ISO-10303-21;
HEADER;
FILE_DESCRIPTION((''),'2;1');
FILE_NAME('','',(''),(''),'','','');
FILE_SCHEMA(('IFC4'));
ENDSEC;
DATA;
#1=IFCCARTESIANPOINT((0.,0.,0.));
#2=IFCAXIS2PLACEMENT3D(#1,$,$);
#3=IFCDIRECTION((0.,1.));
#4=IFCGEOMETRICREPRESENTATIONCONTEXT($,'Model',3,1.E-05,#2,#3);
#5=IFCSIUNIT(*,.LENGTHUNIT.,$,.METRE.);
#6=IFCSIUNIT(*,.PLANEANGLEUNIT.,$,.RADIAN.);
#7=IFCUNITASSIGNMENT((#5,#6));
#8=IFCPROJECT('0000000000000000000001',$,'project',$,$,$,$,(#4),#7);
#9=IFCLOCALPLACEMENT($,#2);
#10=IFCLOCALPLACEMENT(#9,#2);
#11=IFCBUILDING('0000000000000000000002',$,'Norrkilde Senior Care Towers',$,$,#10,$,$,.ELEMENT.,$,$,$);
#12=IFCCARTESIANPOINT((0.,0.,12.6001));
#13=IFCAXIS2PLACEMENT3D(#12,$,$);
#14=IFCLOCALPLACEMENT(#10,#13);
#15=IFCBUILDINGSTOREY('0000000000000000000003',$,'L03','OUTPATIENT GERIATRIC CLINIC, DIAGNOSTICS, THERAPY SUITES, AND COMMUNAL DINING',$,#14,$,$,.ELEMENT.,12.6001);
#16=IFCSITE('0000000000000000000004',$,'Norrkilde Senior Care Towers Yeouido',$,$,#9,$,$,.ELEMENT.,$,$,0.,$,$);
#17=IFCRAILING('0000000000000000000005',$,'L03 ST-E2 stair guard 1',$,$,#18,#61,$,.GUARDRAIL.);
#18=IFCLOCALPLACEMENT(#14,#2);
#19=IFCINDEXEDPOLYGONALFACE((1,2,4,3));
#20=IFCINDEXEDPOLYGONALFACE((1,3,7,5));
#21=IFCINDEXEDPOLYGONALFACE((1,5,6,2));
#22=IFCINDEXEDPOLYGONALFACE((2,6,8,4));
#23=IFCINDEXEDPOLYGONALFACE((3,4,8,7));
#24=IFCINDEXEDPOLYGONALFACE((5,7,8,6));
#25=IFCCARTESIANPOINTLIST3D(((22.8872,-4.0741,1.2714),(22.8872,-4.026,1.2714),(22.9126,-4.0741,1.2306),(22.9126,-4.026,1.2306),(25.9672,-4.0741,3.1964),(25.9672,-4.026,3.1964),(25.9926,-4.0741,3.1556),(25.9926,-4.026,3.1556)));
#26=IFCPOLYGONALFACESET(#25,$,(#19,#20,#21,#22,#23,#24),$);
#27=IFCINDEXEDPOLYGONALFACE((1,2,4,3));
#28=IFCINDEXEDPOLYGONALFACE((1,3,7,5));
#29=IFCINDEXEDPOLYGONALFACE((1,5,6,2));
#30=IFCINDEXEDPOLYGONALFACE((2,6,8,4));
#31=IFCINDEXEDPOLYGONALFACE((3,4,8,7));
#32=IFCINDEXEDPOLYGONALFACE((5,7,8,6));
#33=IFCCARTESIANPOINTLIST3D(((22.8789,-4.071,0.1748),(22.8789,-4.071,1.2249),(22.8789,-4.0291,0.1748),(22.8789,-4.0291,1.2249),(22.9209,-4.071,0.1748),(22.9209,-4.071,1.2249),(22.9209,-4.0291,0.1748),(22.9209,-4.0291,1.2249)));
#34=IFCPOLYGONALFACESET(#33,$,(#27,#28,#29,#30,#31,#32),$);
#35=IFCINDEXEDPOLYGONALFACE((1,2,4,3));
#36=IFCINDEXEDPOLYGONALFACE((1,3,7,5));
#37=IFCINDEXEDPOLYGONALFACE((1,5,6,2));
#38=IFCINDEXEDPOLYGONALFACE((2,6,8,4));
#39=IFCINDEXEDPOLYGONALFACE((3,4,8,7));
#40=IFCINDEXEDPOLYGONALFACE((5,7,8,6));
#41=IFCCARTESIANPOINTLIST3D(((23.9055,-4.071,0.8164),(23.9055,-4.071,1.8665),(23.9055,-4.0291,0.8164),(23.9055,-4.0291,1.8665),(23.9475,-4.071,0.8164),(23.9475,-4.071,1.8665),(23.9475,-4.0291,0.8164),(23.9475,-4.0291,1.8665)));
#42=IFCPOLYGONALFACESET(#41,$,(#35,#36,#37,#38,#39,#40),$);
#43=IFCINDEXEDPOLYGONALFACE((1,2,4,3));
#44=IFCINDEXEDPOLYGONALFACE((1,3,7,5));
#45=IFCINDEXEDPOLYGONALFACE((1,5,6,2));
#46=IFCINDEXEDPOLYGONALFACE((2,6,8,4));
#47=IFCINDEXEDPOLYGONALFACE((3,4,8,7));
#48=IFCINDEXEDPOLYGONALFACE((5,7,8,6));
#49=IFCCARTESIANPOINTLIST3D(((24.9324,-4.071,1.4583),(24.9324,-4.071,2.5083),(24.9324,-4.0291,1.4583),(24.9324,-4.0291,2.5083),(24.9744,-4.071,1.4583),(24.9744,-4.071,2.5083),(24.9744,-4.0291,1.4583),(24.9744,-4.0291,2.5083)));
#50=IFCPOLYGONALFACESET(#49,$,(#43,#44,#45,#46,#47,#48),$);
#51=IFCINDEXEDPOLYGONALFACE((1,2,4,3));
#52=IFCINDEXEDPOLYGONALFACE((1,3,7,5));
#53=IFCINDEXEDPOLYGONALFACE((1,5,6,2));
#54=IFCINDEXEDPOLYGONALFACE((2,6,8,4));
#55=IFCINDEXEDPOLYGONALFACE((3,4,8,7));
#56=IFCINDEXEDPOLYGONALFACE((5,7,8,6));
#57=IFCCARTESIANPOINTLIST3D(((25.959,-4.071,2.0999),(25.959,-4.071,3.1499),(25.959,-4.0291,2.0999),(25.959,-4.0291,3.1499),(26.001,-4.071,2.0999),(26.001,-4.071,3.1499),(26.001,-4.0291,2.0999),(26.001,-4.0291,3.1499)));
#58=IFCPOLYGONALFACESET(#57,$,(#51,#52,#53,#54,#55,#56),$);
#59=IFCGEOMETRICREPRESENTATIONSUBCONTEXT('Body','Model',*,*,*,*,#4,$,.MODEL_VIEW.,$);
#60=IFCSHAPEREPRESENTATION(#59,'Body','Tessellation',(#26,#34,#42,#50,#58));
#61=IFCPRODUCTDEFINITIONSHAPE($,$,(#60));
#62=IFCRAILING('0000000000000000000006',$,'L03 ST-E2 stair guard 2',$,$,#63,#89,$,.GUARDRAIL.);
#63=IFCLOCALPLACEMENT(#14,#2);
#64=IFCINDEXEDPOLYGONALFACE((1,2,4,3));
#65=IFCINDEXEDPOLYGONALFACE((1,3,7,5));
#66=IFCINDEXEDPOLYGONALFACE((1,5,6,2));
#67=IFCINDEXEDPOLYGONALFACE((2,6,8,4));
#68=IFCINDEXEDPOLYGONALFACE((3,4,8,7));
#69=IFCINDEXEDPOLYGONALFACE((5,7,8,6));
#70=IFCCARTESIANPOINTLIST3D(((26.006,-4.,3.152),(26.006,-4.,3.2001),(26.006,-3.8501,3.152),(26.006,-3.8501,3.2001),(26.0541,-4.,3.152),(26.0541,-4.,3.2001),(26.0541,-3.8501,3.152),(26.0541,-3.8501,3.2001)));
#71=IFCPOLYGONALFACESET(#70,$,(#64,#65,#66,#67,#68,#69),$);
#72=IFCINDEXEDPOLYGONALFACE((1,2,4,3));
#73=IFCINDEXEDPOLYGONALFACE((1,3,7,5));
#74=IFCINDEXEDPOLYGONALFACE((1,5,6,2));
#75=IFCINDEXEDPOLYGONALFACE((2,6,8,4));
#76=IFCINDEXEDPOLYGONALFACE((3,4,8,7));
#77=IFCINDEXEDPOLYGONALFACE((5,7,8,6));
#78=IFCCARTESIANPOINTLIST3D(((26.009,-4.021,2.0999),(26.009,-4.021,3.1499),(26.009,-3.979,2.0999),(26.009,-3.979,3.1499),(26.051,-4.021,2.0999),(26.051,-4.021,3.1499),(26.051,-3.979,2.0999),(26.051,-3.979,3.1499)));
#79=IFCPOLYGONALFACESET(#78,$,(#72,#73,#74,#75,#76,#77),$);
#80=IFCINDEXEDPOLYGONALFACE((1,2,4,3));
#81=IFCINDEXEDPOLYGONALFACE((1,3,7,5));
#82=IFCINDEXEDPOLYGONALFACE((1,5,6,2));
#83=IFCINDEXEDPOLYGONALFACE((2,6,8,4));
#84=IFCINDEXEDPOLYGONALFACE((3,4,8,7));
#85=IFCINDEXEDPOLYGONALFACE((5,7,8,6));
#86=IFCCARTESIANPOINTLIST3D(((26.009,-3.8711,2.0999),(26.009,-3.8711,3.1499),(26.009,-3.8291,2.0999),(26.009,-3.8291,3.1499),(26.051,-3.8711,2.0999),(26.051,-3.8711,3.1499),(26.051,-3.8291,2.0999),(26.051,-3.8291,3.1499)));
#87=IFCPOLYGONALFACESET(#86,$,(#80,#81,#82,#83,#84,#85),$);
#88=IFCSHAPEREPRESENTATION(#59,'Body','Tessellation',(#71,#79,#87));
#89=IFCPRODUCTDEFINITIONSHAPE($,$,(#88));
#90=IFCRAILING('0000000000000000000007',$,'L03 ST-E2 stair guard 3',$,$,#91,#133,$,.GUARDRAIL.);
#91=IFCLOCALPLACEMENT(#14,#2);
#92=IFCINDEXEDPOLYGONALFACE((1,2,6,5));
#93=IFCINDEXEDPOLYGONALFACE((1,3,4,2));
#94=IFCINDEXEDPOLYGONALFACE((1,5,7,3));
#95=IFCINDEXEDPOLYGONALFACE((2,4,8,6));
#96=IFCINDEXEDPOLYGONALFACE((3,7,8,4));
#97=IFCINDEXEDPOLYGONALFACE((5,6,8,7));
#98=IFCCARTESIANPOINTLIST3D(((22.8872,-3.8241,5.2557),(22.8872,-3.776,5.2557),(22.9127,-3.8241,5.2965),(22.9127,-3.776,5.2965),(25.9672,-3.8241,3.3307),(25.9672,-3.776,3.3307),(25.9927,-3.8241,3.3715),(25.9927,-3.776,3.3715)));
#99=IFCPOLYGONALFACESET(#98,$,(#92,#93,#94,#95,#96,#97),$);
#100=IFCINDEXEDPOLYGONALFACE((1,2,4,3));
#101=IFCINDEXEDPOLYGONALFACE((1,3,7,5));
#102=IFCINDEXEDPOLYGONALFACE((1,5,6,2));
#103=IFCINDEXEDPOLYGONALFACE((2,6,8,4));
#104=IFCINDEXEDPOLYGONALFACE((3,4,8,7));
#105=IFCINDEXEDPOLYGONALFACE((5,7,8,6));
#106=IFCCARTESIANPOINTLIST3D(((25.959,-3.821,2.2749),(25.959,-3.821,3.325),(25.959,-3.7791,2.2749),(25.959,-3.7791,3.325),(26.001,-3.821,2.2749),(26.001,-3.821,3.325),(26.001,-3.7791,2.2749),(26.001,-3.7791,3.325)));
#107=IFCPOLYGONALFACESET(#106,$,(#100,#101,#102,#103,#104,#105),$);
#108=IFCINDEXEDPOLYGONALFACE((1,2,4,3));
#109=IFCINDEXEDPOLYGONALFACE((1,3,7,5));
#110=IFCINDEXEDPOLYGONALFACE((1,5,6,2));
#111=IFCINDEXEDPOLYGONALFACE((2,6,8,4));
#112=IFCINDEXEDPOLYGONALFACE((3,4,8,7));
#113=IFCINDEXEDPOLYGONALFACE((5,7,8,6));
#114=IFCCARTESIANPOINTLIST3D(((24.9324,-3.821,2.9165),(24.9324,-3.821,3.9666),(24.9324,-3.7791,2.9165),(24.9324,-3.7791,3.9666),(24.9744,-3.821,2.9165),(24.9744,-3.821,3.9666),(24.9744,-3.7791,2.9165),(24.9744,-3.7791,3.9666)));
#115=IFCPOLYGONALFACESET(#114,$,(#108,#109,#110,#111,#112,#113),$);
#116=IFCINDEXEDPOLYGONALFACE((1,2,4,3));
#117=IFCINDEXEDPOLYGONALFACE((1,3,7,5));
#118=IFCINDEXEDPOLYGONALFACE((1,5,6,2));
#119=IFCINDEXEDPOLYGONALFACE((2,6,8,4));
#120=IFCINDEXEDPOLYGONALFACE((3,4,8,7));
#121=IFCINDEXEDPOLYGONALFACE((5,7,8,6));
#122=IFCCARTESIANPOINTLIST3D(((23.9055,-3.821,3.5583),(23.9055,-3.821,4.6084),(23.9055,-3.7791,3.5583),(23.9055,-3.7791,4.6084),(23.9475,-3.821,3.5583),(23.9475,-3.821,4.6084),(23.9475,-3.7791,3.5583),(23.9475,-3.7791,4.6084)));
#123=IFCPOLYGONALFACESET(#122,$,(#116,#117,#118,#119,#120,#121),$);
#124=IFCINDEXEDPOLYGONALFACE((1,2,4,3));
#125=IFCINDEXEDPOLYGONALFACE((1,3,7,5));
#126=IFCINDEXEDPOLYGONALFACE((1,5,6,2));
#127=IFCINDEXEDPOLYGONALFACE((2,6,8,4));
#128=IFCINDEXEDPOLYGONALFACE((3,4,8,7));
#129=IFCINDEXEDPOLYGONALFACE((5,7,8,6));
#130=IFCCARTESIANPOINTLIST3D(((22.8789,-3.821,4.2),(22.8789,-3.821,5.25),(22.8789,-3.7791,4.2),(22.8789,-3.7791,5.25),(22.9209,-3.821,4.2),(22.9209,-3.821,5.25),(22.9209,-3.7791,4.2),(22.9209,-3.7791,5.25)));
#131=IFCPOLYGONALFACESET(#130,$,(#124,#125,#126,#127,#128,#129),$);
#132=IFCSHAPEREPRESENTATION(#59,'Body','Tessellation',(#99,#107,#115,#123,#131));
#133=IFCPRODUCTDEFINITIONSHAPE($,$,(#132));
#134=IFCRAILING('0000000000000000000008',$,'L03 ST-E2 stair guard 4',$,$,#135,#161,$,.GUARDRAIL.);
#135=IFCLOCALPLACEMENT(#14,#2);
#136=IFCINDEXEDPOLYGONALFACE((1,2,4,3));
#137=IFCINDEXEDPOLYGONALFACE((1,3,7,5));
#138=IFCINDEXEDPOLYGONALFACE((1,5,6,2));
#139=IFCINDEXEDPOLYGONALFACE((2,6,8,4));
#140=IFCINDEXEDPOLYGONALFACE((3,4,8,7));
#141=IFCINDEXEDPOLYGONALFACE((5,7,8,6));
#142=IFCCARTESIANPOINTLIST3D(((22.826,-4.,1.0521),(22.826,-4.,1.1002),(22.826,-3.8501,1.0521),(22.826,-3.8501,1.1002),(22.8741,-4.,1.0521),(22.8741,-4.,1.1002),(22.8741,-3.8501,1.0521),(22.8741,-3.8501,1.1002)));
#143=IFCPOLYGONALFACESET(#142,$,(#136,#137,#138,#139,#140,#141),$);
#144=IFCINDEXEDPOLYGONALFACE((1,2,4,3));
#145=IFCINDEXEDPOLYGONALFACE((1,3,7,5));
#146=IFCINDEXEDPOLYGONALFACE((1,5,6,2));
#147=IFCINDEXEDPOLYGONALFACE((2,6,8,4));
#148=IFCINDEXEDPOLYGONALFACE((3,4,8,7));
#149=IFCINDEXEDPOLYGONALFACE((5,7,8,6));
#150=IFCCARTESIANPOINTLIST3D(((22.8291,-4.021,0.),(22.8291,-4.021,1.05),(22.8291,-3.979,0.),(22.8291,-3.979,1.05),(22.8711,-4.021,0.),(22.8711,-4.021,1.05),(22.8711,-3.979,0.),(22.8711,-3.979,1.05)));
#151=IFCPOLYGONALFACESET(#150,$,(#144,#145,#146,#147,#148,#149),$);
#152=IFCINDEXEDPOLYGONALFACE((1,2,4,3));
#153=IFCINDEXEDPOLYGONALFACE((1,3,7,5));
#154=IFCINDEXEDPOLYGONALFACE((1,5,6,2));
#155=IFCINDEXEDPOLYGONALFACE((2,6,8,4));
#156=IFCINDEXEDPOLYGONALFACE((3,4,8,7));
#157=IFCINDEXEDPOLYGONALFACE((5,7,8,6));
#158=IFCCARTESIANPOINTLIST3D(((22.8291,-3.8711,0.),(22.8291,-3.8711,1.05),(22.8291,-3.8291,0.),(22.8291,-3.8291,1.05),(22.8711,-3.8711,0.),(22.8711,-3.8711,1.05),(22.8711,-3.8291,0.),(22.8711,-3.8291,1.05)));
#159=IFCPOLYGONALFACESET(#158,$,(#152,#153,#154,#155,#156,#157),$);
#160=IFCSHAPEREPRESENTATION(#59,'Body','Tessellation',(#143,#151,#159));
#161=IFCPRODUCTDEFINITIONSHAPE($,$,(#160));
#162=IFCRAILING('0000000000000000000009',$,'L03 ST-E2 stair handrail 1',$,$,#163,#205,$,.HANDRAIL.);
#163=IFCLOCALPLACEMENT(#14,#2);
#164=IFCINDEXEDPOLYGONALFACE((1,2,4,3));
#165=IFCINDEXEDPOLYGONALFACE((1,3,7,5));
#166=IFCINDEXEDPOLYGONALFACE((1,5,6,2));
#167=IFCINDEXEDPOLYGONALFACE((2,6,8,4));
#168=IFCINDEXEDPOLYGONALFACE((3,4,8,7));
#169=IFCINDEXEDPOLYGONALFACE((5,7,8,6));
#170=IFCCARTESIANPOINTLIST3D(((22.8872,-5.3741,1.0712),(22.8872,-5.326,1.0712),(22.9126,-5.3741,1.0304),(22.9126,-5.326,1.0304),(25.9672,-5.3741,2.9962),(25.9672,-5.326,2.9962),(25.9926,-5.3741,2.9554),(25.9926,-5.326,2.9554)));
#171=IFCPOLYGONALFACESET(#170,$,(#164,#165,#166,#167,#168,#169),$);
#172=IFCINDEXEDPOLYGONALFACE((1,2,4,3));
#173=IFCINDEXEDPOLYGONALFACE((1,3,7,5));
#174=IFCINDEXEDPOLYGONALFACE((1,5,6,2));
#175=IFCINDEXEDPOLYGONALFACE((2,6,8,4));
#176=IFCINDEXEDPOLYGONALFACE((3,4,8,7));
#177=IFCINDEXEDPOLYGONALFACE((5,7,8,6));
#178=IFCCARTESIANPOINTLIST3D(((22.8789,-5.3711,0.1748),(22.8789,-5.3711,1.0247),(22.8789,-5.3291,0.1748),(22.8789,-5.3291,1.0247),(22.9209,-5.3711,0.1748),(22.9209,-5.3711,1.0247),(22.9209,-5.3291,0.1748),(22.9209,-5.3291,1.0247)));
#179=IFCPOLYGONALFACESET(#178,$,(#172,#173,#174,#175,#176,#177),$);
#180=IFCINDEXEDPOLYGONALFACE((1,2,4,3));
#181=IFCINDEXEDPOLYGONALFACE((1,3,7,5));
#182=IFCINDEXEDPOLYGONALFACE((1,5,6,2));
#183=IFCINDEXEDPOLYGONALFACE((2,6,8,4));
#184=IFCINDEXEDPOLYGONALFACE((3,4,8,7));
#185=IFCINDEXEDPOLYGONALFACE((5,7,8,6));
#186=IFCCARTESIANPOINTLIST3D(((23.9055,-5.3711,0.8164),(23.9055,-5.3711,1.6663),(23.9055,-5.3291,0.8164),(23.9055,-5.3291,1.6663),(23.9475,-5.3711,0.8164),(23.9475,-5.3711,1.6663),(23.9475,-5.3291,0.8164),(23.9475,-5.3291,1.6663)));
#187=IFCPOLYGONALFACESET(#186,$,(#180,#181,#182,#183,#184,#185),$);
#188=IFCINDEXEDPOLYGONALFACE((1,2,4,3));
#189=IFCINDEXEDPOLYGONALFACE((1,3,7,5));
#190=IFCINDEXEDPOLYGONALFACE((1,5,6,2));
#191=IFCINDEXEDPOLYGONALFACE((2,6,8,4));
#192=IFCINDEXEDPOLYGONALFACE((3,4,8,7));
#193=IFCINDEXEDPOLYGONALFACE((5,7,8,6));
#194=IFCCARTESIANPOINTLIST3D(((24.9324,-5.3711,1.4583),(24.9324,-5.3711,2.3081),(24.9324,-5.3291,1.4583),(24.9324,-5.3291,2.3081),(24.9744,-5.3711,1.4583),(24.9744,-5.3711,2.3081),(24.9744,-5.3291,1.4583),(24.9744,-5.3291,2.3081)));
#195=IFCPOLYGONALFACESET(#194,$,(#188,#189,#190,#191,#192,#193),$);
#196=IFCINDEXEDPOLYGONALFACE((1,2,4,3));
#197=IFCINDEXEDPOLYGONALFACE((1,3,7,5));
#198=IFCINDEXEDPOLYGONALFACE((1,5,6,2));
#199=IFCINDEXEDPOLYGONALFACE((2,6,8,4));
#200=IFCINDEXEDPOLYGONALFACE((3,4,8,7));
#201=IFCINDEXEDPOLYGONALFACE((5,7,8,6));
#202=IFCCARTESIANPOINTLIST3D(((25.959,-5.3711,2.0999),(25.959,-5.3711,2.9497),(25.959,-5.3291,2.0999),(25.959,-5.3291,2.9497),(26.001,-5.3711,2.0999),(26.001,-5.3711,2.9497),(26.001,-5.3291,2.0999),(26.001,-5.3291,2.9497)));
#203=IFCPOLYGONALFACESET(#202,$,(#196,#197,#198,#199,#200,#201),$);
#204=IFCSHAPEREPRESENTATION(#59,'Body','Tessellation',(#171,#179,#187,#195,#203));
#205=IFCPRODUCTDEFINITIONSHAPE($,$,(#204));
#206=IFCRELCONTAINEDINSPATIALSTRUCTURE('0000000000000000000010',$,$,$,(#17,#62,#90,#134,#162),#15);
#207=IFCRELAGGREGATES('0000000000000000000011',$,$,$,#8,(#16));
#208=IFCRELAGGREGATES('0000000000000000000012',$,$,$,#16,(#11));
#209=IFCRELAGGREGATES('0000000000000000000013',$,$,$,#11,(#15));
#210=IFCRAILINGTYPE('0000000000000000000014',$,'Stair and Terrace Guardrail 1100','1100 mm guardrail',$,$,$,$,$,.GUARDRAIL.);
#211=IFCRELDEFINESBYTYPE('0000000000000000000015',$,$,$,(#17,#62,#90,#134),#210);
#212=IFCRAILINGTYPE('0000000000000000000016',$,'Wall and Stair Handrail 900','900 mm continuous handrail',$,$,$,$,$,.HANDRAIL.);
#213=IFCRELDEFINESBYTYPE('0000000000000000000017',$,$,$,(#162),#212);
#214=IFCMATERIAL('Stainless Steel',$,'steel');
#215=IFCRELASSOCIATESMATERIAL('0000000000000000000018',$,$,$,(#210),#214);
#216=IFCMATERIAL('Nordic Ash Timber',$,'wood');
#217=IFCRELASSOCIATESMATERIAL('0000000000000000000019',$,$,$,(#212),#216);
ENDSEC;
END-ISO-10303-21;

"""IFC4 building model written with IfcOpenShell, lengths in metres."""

from ifc_helpers import new_model, si_unit, direction, frame, origin, origin_2d, place, context, subcontext, project, spatial, rectangle, extrude, material, type_object, element, save


model = new_model("IFC4")

# Units and contexts
model_context = context("Model", 3, precision=1e-05, world=origin(), true_north=direction((0.0, 1.0)))
body_context = subcontext(model_context, "Body", "Model", "MODEL_VIEW")
ifc_project = project(units=[si_unit("LENGTHUNIT", "METRE"), si_unit("PLANEANGLEUNIT", "RADIAN")], contexts=[model_context])

# Site, building, storey
site_placement = place(None, origin())
site = spatial("IfcSite", under=ifc_project, at=site_placement, Name="Norrkilde Senior Care Towers Yeouido", CompositionType="ELEMENT", RefElevation=0.0)
building_placement = place(site_placement, origin())
building = spatial("IfcBuilding", under=site, at=building_placement, Name="Norrkilde Senior Care Towers", CompositionType="ELEMENT")
storey_placement = place(building_placement, frame((0.0, 0.0, 12.6001)))
storey = spatial("IfcBuildingStorey", under=building, at=storey_placement, Name="L03", Description="OUTPATIENT GERIATRIC CLINIC, DIAGNOSTICS, THERAPY SUITES, AND COMMUNAL DINING", CompositionType="ELEMENT", Elevation=12.6001)

# Railings
ifc_material_1 = material(Name="Stainless Steel", Category="steel")
railing_type_1 = type_object("IfcRailingType", Name="Stair and Terrace Guardrail 1100", Description="1100 mm guardrail", PredefinedType="GUARDRAIL", material=ifc_material_1)
railing_1_placement = place(storey_placement, frame((22.8999, -4.05, 0.1748)))
element("IfcRailing", 1, at=railing_1_placement, inside=storey, type_object=railing_type_1, Name="L03 ST-E2 stair guard 1", PredefinedType="GUARDRAIL", context=body_context, shape_type="SweptSolid", body=[
    extrude(rectangle(XDim=0.0481, YDim=0.0481, at=origin_2d()), frame((0.0, 0.0, 1.0762), z_axis=(0.847998, 0.0, 0.529999), x_axis=(0.0, 1.0, 0.0)), (0.0, 0.0, 1.0), 3.6321),
    extrude(rectangle(XDim=0.042, YDim=0.042, at=origin_2d()), origin(), (0.0, 0.0, 1.0), 1.05),
    extrude(rectangle(XDim=0.042, YDim=0.042, at=origin_2d()), frame((1.0266, 0.0, 0.6416)), (0.0, 0.0, 1.0), 1.05),
    extrude(rectangle(XDim=0.042, YDim=0.042, at=origin_2d()), frame((2.0535, 0.0, 1.2834)), (0.0, 0.0, 1.0), 1.05),
    extrude(rectangle(XDim=0.042, YDim=0.042, at=origin_2d()), frame((3.0801, 0.0, 1.925)), (0.0, 0.0, 1.0), 1.05),
])
railing_2_placement = place(storey_placement, frame((26.03, -4.0, 2.0999)))
element("IfcRailing", 2, at=railing_2_placement, inside=storey, type_object=railing_type_1, Name="L03 ST-E2 stair guard 2", PredefinedType="GUARDRAIL", context=body_context, shape_type="SweptSolid", body=[
    extrude(rectangle(XDim=0.0481, YDim=0.0481, at=origin_2d()), frame((0.0, 0.0, 1.0762), z_axis=(0.0, 1.0, 0.0), x_axis=(-1.0, 0.0, 0.0)), (0.0, 0.0, 1.0), 0.1499),
    extrude(rectangle(XDim=0.042, YDim=0.042, at=origin_2d()), origin(), (0.0, 0.0, 1.0), 1.05),
    extrude(rectangle(XDim=0.042, YDim=0.042, at=origin_2d()), frame((0.0, 0.1499, 0.0)), (0.0, 0.0, 1.0), 1.05),
])
railing_3_placement = place(storey_placement, frame((25.98, -3.8, 2.2749)))
element("IfcRailing", 3, at=railing_3_placement, inside=storey, type_object=railing_type_1, Name="L03 ST-E2 stair guard 3", PredefinedType="GUARDRAIL", context=body_context, shape_type="SweptSolid", body=[
    extrude(rectangle(XDim=0.0481, YDim=0.0481, at=origin_2d()), frame((0.0, 0.0, 1.0762), z_axis=(-0.847998, 0.0, 0.529999), x_axis=(0.0, -1.0, 0.0)), (0.0, 0.0, 1.0), 3.6321),
    extrude(rectangle(XDim=0.042, YDim=0.042, at=origin_2d()), origin(), (0.0, 0.0, 1.0), 1.05),
    extrude(rectangle(XDim=0.042, YDim=0.042, at=origin_2d()), frame((-1.0266, 0.0, 0.6416)), (0.0, 0.0, 1.0), 1.05),
    extrude(rectangle(XDim=0.042, YDim=0.042, at=origin_2d()), frame((-2.0535, 0.0, 1.2834)), (0.0, 0.0, 1.0), 1.05),
    extrude(rectangle(XDim=0.042, YDim=0.042, at=origin_2d()), frame((-3.0801, 0.0, 1.925)), (0.0, 0.0, 1.0), 1.05),
])
railing_4_placement = place(storey_placement, frame((22.8501, -4.0, 0.0)))
element("IfcRailing", 4, at=railing_4_placement, inside=storey, type_object=railing_type_1, Name="L03 ST-E2 stair guard 4", PredefinedType="GUARDRAIL", context=body_context, shape_type="SweptSolid", body=[
    extrude(rectangle(XDim=0.0481, YDim=0.0481, at=origin_2d()), frame((0.0, 0.0, 1.0762), z_axis=(0.0, 1.0, 0.0), x_axis=(-1.0, 0.0, 0.0)), (0.0, 0.0, 1.0), 0.1499),
    extrude(rectangle(XDim=0.042, YDim=0.042, at=origin_2d()), origin(), (0.0, 0.0, 1.0), 1.05),
    extrude(rectangle(XDim=0.042, YDim=0.042, at=origin_2d()), frame((0.0, 0.1499, 0.0)), (0.0, 0.0, 1.0), 1.05),
])
ifc_material_2 = material(Name="Nordic Ash Timber", Category="wood")
railing_type_2 = type_object("IfcRailingType", Name="Wall and Stair Handrail 900", Description="900 mm continuous handrail", PredefinedType="HANDRAIL", material=ifc_material_2)
railing_5_placement = place(storey_placement, frame((22.8999, -5.3501, 0.1748)))
element("IfcRailing", 5, at=railing_5_placement, inside=storey, type_object=railing_type_2, Name="L03 ST-E2 stair handrail 1", PredefinedType="HANDRAIL", context=body_context, shape_type="SweptSolid", body=[
    extrude(rectangle(XDim=0.0481, YDim=0.0481, at=origin_2d()), frame((0.0, 0.0, 0.876), z_axis=(0.847998, 0.0, 0.529999), x_axis=(0.0, 1.0, 0.0)), (0.0, 0.0, 1.0), 3.6321),
    extrude(rectangle(XDim=0.042, YDim=0.042, at=origin_2d()), origin(), (0.0, 0.0, 1.0), 0.8499),
    extrude(rectangle(XDim=0.042, YDim=0.042, at=origin_2d()), frame((1.0266, 0.0, 0.6416)), (0.0, 0.0, 1.0), 0.8499),
    extrude(rectangle(XDim=0.042, YDim=0.042, at=origin_2d()), frame((2.0535, 0.0, 1.2834)), (0.0, 0.0, 1.0), 0.8499),
    extrude(rectangle(XDim=0.042, YDim=0.042, at=origin_2d()), frame((3.0801, 0.0, 1.925)), (0.0, 0.0, 1.0), 0.8499),
])

save(model, "model.ifc")
